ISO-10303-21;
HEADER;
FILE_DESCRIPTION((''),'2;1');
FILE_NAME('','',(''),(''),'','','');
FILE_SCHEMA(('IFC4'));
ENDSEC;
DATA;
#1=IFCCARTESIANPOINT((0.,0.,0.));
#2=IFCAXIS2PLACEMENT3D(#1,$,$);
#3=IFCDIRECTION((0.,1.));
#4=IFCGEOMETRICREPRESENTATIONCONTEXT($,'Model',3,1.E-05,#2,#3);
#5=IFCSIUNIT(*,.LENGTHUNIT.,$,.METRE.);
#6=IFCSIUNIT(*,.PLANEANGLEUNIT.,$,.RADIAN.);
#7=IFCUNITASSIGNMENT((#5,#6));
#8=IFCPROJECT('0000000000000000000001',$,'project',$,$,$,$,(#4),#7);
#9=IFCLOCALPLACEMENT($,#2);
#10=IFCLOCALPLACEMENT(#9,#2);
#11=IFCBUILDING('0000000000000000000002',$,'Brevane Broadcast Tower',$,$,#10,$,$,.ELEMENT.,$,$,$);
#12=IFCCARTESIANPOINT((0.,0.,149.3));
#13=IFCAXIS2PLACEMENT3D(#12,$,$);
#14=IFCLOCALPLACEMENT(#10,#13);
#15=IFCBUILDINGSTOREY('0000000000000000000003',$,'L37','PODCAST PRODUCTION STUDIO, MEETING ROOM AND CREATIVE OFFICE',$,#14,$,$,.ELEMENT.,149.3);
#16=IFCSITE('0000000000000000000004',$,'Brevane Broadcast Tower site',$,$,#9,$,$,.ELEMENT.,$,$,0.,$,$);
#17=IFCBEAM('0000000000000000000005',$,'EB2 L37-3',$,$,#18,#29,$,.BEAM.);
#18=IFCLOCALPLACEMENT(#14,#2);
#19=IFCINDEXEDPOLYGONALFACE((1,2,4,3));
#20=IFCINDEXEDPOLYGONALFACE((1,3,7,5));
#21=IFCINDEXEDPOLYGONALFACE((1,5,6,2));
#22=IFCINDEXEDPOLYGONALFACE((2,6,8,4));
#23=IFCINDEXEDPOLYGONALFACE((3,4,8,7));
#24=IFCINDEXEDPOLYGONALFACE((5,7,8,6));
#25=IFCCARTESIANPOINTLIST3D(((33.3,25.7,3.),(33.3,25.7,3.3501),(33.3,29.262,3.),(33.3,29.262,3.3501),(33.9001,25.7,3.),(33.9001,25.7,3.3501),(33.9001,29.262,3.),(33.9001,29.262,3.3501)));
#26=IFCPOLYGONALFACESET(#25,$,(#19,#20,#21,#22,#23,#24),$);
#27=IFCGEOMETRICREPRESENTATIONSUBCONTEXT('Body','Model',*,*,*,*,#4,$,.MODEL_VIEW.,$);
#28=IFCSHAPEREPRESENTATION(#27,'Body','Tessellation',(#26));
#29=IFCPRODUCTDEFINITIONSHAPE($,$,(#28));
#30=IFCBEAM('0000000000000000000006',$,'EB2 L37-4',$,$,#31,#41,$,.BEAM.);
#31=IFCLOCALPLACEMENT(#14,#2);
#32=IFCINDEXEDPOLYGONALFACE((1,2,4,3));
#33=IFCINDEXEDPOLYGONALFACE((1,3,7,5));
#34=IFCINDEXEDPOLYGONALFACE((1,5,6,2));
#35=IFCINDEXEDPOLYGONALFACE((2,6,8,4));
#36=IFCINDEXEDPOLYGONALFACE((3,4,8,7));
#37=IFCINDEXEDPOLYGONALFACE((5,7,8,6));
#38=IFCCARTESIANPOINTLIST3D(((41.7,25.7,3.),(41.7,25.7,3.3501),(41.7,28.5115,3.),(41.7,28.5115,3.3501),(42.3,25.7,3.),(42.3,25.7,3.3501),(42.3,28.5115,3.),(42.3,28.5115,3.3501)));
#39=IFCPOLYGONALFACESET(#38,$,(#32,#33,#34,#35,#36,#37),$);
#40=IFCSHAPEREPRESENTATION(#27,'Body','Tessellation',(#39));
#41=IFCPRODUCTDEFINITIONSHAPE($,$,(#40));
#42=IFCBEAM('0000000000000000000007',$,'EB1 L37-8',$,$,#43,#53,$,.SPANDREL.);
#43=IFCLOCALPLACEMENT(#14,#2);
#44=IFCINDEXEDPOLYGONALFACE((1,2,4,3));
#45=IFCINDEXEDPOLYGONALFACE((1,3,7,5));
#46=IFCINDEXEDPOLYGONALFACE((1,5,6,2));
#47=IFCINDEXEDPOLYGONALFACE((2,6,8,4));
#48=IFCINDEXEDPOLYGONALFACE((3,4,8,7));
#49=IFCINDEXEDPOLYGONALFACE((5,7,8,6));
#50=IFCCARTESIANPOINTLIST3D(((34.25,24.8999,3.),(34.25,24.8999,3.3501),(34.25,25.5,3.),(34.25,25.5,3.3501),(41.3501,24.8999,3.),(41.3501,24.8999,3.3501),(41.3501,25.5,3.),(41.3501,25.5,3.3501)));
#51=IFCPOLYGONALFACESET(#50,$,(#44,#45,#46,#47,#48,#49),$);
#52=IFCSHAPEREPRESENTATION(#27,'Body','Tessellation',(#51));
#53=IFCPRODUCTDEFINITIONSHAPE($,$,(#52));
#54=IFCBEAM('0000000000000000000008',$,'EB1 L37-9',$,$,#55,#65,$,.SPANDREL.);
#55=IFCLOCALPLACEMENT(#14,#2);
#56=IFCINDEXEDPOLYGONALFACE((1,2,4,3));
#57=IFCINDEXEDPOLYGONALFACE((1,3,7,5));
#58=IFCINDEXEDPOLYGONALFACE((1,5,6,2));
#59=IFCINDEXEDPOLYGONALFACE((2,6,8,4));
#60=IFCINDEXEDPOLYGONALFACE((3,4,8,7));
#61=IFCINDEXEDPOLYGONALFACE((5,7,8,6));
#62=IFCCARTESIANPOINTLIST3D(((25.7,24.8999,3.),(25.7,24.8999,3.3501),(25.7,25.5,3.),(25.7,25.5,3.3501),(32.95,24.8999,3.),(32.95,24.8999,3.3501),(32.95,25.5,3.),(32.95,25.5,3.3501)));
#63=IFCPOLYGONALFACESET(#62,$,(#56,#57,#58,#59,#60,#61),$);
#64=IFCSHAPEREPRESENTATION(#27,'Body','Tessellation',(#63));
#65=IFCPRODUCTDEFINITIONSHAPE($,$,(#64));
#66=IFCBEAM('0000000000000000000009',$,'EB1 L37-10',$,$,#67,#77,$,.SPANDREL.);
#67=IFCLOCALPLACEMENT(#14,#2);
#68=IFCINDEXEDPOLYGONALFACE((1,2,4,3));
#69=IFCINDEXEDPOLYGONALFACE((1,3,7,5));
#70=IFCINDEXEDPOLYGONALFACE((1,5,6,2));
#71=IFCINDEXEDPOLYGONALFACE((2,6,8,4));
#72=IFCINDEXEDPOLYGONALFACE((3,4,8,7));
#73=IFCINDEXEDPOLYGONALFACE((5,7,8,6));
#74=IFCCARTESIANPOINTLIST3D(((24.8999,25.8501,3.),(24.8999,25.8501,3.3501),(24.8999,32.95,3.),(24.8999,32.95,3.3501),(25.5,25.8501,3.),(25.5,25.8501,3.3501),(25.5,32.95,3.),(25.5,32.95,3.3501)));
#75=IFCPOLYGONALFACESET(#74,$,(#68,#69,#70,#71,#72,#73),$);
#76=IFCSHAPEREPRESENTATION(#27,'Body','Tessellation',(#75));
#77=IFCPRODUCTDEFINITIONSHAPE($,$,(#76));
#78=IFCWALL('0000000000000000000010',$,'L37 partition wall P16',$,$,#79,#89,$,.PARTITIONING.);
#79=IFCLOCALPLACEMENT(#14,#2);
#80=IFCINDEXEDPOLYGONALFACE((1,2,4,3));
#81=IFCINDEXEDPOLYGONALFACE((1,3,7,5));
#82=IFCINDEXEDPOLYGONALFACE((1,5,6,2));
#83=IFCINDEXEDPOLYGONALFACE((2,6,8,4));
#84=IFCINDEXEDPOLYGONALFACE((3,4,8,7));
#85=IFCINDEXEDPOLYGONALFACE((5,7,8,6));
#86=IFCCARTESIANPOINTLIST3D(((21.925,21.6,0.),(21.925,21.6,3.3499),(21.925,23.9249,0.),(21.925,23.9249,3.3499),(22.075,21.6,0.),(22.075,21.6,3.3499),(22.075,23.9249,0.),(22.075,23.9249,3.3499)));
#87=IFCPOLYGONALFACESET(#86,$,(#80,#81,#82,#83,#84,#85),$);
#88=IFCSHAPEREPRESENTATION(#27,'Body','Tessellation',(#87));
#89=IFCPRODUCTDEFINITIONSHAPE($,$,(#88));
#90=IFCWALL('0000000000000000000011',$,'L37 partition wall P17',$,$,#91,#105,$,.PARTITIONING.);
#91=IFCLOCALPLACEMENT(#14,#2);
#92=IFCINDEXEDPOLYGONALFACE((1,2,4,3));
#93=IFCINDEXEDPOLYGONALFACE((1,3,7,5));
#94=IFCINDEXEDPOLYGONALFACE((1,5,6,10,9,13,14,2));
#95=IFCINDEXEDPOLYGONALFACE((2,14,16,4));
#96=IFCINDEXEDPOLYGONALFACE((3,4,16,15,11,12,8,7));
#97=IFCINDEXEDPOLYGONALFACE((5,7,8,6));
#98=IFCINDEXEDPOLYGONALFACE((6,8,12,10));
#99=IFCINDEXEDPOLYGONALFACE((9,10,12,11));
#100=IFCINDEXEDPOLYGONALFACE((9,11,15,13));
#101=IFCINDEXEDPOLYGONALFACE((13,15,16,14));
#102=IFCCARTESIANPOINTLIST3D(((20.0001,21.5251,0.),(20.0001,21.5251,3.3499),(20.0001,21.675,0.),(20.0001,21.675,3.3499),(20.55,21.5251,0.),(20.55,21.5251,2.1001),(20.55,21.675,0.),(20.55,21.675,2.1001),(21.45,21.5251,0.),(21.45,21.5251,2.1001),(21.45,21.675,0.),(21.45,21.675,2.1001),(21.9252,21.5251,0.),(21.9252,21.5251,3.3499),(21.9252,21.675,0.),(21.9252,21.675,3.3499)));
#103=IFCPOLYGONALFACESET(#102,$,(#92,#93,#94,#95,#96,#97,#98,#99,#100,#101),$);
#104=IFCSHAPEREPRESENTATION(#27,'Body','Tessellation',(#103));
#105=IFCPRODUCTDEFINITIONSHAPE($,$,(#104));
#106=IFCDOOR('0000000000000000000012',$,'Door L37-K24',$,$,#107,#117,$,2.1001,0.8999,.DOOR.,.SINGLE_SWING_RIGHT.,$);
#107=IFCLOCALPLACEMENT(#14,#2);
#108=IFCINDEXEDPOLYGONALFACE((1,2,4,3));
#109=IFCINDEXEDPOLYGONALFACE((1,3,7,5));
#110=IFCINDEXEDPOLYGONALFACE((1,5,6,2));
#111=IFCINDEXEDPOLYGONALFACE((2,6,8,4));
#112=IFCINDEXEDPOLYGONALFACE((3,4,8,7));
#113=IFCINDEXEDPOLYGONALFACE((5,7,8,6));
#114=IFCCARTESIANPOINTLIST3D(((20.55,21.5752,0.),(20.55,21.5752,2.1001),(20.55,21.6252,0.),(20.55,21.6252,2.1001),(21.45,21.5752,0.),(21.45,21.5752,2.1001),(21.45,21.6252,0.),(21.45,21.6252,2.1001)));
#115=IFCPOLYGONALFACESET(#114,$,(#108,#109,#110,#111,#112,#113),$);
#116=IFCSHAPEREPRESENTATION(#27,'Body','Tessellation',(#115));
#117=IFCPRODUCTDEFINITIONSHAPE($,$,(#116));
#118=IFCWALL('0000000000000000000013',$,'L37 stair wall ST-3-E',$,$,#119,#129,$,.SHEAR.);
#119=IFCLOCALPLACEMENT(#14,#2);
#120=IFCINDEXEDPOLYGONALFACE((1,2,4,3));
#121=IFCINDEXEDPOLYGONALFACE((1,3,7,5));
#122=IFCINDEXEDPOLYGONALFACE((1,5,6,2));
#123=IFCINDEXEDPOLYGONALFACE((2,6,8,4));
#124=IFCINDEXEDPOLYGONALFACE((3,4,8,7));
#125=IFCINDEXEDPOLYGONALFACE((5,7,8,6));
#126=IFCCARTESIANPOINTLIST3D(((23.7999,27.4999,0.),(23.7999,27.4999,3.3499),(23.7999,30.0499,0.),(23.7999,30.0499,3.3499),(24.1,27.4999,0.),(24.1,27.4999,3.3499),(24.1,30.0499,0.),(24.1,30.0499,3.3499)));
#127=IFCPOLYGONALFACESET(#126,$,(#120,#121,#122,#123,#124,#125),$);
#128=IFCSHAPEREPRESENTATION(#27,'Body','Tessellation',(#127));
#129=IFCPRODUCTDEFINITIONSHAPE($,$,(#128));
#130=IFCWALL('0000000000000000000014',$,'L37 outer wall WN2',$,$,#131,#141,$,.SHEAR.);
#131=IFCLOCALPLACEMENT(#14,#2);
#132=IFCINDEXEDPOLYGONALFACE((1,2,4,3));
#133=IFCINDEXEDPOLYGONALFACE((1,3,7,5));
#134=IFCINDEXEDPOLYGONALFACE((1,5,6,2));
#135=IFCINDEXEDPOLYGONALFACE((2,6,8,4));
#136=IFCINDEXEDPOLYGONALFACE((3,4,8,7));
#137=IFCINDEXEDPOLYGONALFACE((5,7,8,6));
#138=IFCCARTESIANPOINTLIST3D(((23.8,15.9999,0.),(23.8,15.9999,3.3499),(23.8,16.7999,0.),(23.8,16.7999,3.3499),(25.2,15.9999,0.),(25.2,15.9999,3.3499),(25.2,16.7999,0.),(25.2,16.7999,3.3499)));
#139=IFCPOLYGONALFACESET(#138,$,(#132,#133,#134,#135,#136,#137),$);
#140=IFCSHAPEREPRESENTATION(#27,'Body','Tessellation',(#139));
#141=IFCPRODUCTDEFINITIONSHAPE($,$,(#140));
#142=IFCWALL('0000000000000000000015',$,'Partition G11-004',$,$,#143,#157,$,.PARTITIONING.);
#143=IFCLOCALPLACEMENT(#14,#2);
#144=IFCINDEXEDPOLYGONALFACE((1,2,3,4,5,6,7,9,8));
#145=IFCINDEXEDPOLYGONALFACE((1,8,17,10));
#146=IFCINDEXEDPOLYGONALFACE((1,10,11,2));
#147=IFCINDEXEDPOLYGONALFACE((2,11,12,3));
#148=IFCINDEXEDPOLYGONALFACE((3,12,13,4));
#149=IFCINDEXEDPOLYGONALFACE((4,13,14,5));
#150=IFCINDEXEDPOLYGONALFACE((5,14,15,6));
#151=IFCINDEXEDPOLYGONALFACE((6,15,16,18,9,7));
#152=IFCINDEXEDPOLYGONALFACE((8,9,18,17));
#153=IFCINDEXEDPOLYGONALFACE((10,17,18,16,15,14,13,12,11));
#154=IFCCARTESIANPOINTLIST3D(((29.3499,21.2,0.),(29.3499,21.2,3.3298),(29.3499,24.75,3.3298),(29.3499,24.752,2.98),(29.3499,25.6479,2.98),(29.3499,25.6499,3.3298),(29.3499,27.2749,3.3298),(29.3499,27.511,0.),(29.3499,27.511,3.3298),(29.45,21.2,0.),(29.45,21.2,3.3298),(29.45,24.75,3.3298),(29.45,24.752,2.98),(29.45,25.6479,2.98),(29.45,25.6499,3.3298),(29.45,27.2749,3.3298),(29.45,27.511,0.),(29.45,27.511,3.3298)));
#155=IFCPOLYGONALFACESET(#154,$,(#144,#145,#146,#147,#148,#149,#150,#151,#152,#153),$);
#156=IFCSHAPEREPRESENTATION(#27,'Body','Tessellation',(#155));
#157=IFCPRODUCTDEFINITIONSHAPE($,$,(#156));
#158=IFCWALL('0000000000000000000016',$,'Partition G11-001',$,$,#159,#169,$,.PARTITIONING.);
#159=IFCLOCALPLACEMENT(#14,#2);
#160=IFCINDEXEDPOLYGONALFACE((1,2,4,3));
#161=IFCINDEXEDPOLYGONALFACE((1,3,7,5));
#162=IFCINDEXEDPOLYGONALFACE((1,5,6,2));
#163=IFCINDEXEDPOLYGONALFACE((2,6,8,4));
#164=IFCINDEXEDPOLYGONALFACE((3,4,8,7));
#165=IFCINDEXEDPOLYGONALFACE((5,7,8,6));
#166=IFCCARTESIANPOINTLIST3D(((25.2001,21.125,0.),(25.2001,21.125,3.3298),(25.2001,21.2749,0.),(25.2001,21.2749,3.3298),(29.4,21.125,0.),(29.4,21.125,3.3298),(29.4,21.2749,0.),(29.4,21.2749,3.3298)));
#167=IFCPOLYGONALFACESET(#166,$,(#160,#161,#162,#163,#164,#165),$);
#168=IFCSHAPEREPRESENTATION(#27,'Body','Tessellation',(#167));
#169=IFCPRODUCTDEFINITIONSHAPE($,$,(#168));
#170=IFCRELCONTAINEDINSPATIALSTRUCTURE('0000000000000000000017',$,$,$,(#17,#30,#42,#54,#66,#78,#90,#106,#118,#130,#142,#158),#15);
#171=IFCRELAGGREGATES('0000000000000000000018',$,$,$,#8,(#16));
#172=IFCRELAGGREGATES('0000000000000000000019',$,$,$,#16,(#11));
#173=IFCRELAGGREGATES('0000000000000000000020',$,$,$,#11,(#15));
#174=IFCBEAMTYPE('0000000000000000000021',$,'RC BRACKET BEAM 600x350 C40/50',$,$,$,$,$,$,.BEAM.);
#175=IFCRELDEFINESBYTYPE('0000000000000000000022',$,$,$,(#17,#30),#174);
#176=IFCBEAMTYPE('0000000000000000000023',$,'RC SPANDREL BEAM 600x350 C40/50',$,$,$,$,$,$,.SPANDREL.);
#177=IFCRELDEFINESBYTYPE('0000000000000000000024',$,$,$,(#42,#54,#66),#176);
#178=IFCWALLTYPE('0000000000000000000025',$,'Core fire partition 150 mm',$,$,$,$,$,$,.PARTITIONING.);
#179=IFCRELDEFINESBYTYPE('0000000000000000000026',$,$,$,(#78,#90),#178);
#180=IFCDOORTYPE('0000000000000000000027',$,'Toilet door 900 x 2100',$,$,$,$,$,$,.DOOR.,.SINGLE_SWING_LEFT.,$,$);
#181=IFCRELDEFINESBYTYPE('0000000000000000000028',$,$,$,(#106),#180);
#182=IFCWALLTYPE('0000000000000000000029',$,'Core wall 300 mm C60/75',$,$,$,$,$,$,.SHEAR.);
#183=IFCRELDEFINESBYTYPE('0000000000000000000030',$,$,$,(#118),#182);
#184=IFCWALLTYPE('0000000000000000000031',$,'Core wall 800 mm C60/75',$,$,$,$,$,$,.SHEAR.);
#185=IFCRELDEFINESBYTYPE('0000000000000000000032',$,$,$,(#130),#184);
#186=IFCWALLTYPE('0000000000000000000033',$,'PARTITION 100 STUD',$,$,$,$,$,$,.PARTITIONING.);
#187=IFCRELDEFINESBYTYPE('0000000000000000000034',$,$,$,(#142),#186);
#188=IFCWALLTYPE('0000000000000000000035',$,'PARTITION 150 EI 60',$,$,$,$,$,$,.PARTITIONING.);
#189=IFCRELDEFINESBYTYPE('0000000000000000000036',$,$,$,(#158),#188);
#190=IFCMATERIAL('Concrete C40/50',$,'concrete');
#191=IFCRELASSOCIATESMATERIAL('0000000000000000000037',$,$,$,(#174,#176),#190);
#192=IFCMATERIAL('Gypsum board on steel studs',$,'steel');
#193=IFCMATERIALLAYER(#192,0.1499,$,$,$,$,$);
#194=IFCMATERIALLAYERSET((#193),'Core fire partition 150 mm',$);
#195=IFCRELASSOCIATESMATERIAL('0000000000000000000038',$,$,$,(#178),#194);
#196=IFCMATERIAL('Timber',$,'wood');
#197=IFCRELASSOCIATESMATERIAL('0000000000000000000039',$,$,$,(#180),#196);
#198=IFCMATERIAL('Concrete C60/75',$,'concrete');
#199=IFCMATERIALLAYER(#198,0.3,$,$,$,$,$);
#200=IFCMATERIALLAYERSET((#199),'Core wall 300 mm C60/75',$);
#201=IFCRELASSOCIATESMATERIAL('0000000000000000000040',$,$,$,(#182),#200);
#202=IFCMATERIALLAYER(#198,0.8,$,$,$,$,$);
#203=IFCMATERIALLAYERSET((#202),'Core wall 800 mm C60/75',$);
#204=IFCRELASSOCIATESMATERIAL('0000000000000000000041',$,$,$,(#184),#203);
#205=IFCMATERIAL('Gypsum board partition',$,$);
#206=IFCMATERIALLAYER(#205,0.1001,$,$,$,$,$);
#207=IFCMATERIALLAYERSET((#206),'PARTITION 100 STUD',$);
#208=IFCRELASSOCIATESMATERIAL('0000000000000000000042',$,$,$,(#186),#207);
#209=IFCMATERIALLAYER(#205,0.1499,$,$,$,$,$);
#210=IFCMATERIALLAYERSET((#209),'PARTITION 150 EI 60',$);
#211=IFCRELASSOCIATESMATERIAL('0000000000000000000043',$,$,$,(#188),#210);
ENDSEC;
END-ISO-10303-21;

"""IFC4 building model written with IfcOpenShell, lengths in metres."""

from ifc_helpers import new_model, si_unit, direction, frame, frame_2d, origin, origin_2d, place, context, subcontext, project, spatial, polyline, rectangle, outline, extrude, material, layer, layer_set, material_profile, profile_set, type_object, element, fill, save


model = new_model("IFC4")

# Units and contexts
model_context = context("Model", 3, precision=1e-05, world=origin(), true_north=direction((0.0, 1.0)))
body_context = subcontext(model_context, "Body", "Model", "MODEL_VIEW")
ifc_project = project(units=[si_unit("LENGTHUNIT", "METRE"), si_unit("PLANEANGLEUNIT", "RADIAN")], contexts=[model_context])

# Site, building, storey
site_placement = place(None, origin())
site = spatial("IfcSite", under=ifc_project, at=site_placement, Name="Brevane Broadcast Tower site", CompositionType="ELEMENT", RefElevation=0.0)
building_placement = place(site_placement, origin())
building = spatial("IfcBuilding", under=site, at=building_placement, Name="Brevane Broadcast Tower", CompositionType="ELEMENT")
storey_placement = place(building_placement, frame((0.0, 0.0, 149.3)))
storey = spatial("IfcBuildingStorey", under=building, at=storey_placement, Name="L37", Description="PODCAST PRODUCTION STUDIO, MEETING ROOM AND CREATIVE OFFICE", CompositionType="ELEMENT", Elevation=149.3)

# Shared definitions
ifc_material_1 = material(Name="Concrete C60/75", Category="concrete")

# Beams
ifc_material_2 = material(Name="Concrete C40/50", Category="concrete")
ifc_material_profile_1 = material_profile(ifc_material_2, rectangle(XDim=0.6001, YDim=0.3501, at=origin_2d()), Name="RC 600x350")
ifc_profile_set_1 = profile_set([ifc_material_profile_1], Name="Concrete C40/50")
beam_type_1 = type_object("IfcBeamType", Name="RC BRACKET BEAM 600x350 C40/50", PredefinedType="BEAM", material=ifc_profile_set_1)
beam_1_placement = place(storey_placement, frame((33.6001, 25.7, 3.175), z_axis=(0.0, 1.0, 0.0), x_axis=(-1.0, 0.0, 0.0)))
element("IfcBeam", 1, at=beam_1_placement, inside=storey, type_object=beam_type_1, Name="EB2 L37-3", PredefinedType="BEAM", context=body_context, shape_type="SweptSolid", body=[
    extrude(rectangle(XDim=0.6001, YDim=0.3501, at=origin_2d()), origin(), (0.0, 0.0, 1.0), 3.562),
])
beam_2_placement = place(storey_placement, frame((42.0, 25.7, 3.175), z_axis=(0.0, 1.0, 0.0), x_axis=(-1.0, 0.0, 0.0)))
element("IfcBeam", 2, at=beam_2_placement, inside=storey, type_object=beam_type_1, Name="EB2 L37-4", PredefinedType="BEAM", context=body_context, shape_type="SweptSolid", body=[
    extrude(rectangle(XDim=0.6001, YDim=0.3501, at=origin_2d()), origin(), (0.0, 0.0, 1.0), 2.8115),
])
ifc_material_profile_2 = material_profile(ifc_material_2, rectangle(XDim=0.6001, YDim=0.3501, at=origin_2d()), Name="RC 600x350")
ifc_profile_set_2 = profile_set([ifc_material_profile_2], Name="Concrete C40/50")
beam_type_2 = type_object("IfcBeamType", Name="RC SPANDREL BEAM 600x350 C40/50", PredefinedType="SPANDREL", material=ifc_profile_set_2)
beam_3_placement = place(storey_placement, frame((41.3501, 25.2, 3.175), z_axis=(-1.0, 0.0, 0.0), x_axis=(0.0, -1.0, 0.0)))
element("IfcBeam", 3, at=beam_3_placement, inside=storey, type_object=beam_type_2, Name="EB1 L37-8", PredefinedType="SPANDREL", context=body_context, shape_type="SweptSolid", body=[
    extrude(rectangle(XDim=0.6001, YDim=0.3501, at=origin_2d()), origin(), (0.0, 0.0, 1.0), 7.1001),
])
beam_4_placement = place(storey_placement, frame((32.95, 25.2, 3.175), z_axis=(-1.0, 0.0, 0.0), x_axis=(0.0, -1.0, 0.0)))
element("IfcBeam", 4, at=beam_4_placement, inside=storey, type_object=beam_type_2, Name="EB1 L37-9", PredefinedType="SPANDREL", context=body_context, shape_type="SweptSolid", body=[
    extrude(rectangle(XDim=0.6001, YDim=0.3501, at=origin_2d()), origin(), (0.0, 0.0, 1.0), 7.25),
])
beam_5_placement = place(storey_placement, frame((25.2, 25.8501, 3.175), z_axis=(0.0, 1.0, 0.0), x_axis=(-1.0, 0.0, 0.0)))
element("IfcBeam", 5, at=beam_5_placement, inside=storey, type_object=beam_type_2, Name="EB1 L37-10", PredefinedType="SPANDREL", context=body_context, shape_type="SweptSolid", body=[
    extrude(rectangle(XDim=0.6001, YDim=0.3501, at=origin_2d()), origin(), (0.0, 0.0, 1.0), 7.0999),
])

# Wall
ifc_material_3 = material(Name="Gypsum board on steel studs", Category="steel")
ifc_layer_1 = layer(ifc_material_3, 0.1499)
ifc_layer_set_1 = layer_set([ifc_layer_1], Name="Core fire partition 150 mm")
wall_type_1 = type_object("IfcWallType", Name="Core fire partition 150 mm", PredefinedType="PARTITIONING", material=ifc_layer_set_1)
wall_1_placement = place(storey_placement, frame((22.0, 23.925, 0.0), z_axis=(0.0, 0.0, 1.0), x_axis=(0.0, -1.0, 0.0)))
element("IfcWall", 6, at=wall_1_placement, inside=storey, type_object=wall_type_1, Name="L37 partition wall P16", PredefinedType="PARTITIONING", context=body_context, shape_type="SweptSolid", body=[
    extrude(rectangle(XDim=2.325, YDim=0.1499, at=frame_2d((1.1626, 0.0))), origin(), (0.0, 0.0, 1.0), 3.3499),
])

# Wall, opening, door
wall_2_placement = place(storey_placement, frame((21.925, 21.6001, 0.0), z_axis=(0.0, 0.0, 1.0), x_axis=(-1.0, 0.0, 0.0)))
wall_2 = element("IfcWall", 7, at=wall_2_placement, inside=storey, type_object=wall_type_1, Name="L37 partition wall P17", PredefinedType="PARTITIONING", context=body_context, shape_type="SweptSolid", body=[
    extrude(rectangle(XDim=1.925, YDim=0.1499, at=frame_2d((0.9624, 0.0))), origin(), (0.0, 0.0, 1.0), 3.3499),
])
opening_placement = place(wall_2_placement, frame((0.4751, 0.0, 0.0)))
opening = element("IfcOpeningElement", 8, at=opening_placement, cuts=wall_2, PredefinedType="OPENING", context=body_context, shape_type="SweptSolid", body=[
    extrude(rectangle(XDim=0.8999, YDim=2.1001, at=frame_2d((0.45, 1.05))), frame((0.0, 0.085, 0.0), z_axis=(0.0, -1.0, 0.0), x_axis=(1.0, 0.0, 0.0)), (0.0, 0.0, 1.0), 0.1699),
])
ifc_material_4 = material(Name="Timber", Category="wood")
door_type = type_object("IfcDoorType", Name="Toilet door 900 x 2100", OperationType="SINGLE_SWING_LEFT", PredefinedType="DOOR", material=ifc_material_4)
door_placement = place(opening_placement, origin())
door = element("IfcDoor", 9, at=door_placement, inside=storey, type_object=door_type, Name="Door L37-K24", OperationType="SINGLE_SWING_RIGHT", OverallHeight=2.1001, OverallWidth=0.8999, PredefinedType="DOOR", context=body_context, shape_type="SweptSolid", body=[
    extrude(rectangle(XDim=0.8999, YDim=2.1001, at=frame_2d((0.45, 1.05))), frame((0.0, 0.0249, 0.0), z_axis=(0.0, -1.0, 0.0), x_axis=(1.0, 0.0, 0.0)), (0.0, 0.0, 1.0), 0.05),
])
fill(opening, door)

# Walls
ifc_layer_2 = layer(ifc_material_1, 0.3)
ifc_layer_set_2 = layer_set([ifc_layer_2], Name="Core wall 300 mm C60/75")
wall_type_2 = type_object("IfcWallType", Name="Core wall 300 mm C60/75", PredefinedType="SHEAR", material=ifc_layer_set_2)
wall_3_placement = place(storey_placement, frame((23.95, 27.5, 0.0), z_axis=(0.0, 0.0, 1.0), x_axis=(0.0, 1.0, 0.0)))
element("IfcWall", 10, at=wall_3_placement, inside=storey, type_object=wall_type_2, Name="L37 stair wall ST-3-E", PredefinedType="SHEAR", context=body_context, shape_type="SweptSolid", body=[
    extrude(rectangle(XDim=2.55, YDim=0.3, at=frame_2d((1.2749, 0.0))), origin(), (0.0, 0.0, 1.0), 3.3499),
])
ifc_layer_3 = layer(ifc_material_1, 0.8)
ifc_layer_set_3 = layer_set([ifc_layer_3], Name="Core wall 800 mm C60/75")
wall_type_3 = type_object("IfcWallType", Name="Core wall 800 mm C60/75", PredefinedType="SHEAR", material=ifc_layer_set_3)
wall_4_placement = place(storey_placement, frame((23.8, 16.3999, 0.0), z_axis=(0.0, 0.0, 1.0), x_axis=(1.0, 0.0, 0.0)))
element("IfcWall", 11, at=wall_4_placement, inside=storey, type_object=wall_type_3, Name="L37 outer wall WN2", PredefinedType="SHEAR", context=body_context, shape_type="SweptSolid", body=[
    extrude(rectangle(XDim=1.3999, YDim=0.8, at=frame_2d((0.7, 0.0))), origin(), (0.0, 0.0, 1.0), 3.3499),
])
ifc_material_5 = material(Name="Gypsum board partition")
ifc_layer_4 = layer(ifc_material_5, 0.1001)
ifc_layer_set_4 = layer_set([ifc_layer_4], Name="PARTITION 100 STUD")
wall_type_4 = type_object("IfcWallType", Name="PARTITION 100 STUD", PredefinedType="PARTITIONING", material=ifc_layer_set_4)
wall_5_placement = place(storey_placement, frame((29.3999, 27.511, 0.0), z_axis=(0.0, 0.0, 1.0), x_axis=(0.0, -1.0, 0.0)))
element("IfcWall", 12, at=wall_5_placement, inside=storey, type_object=wall_type_4, Name="Partition G11-004", PredefinedType="PARTITIONING", context=body_context, shape_type="SweptSolid", body=[
    extrude(outline(polyline([(0.0, 0.0), (6.311, 0.0), (6.311, 3.3298), (2.761, 3.3298), (2.759, 2.98), (1.863, 2.98), (1.8611, 3.3298), (0.2361, 3.3298), (0.0, 3.3298), (0.0, 0.0)])), frame((0.0, 0.05, 0.0), z_axis=(0.0, -1.0, 0.0), x_axis=(1.0, 0.0, 0.0)), (0.0, 0.0, 1.0), 0.1001),
])
ifc_layer_5 = layer(ifc_material_5, 0.1499)
ifc_layer_set_5 = layer_set([ifc_layer_5], Name="PARTITION 150 EI 60")
wall_type_5 = type_object("IfcWallType", Name="PARTITION 150 EI 60", PredefinedType="PARTITIONING", material=ifc_layer_set_5)
wall_6_placement = place(storey_placement, frame((25.2, 21.2, 0.0), z_axis=(0.0, 0.0, 1.0), x_axis=(1.0, 0.0, 0.0)))
element("IfcWall", 13, at=wall_6_placement, inside=storey, type_object=wall_type_5, Name="Partition G11-001", PredefinedType="PARTITIONING", context=body_context, shape_type="SweptSolid", body=[
    extrude(rectangle(XDim=4.2, YDim=0.1499, at=frame_2d((2.1001, 0.0))), origin(), (0.0, 0.0, 1.0), 3.3298),
])

save(model, "model.ifc")
